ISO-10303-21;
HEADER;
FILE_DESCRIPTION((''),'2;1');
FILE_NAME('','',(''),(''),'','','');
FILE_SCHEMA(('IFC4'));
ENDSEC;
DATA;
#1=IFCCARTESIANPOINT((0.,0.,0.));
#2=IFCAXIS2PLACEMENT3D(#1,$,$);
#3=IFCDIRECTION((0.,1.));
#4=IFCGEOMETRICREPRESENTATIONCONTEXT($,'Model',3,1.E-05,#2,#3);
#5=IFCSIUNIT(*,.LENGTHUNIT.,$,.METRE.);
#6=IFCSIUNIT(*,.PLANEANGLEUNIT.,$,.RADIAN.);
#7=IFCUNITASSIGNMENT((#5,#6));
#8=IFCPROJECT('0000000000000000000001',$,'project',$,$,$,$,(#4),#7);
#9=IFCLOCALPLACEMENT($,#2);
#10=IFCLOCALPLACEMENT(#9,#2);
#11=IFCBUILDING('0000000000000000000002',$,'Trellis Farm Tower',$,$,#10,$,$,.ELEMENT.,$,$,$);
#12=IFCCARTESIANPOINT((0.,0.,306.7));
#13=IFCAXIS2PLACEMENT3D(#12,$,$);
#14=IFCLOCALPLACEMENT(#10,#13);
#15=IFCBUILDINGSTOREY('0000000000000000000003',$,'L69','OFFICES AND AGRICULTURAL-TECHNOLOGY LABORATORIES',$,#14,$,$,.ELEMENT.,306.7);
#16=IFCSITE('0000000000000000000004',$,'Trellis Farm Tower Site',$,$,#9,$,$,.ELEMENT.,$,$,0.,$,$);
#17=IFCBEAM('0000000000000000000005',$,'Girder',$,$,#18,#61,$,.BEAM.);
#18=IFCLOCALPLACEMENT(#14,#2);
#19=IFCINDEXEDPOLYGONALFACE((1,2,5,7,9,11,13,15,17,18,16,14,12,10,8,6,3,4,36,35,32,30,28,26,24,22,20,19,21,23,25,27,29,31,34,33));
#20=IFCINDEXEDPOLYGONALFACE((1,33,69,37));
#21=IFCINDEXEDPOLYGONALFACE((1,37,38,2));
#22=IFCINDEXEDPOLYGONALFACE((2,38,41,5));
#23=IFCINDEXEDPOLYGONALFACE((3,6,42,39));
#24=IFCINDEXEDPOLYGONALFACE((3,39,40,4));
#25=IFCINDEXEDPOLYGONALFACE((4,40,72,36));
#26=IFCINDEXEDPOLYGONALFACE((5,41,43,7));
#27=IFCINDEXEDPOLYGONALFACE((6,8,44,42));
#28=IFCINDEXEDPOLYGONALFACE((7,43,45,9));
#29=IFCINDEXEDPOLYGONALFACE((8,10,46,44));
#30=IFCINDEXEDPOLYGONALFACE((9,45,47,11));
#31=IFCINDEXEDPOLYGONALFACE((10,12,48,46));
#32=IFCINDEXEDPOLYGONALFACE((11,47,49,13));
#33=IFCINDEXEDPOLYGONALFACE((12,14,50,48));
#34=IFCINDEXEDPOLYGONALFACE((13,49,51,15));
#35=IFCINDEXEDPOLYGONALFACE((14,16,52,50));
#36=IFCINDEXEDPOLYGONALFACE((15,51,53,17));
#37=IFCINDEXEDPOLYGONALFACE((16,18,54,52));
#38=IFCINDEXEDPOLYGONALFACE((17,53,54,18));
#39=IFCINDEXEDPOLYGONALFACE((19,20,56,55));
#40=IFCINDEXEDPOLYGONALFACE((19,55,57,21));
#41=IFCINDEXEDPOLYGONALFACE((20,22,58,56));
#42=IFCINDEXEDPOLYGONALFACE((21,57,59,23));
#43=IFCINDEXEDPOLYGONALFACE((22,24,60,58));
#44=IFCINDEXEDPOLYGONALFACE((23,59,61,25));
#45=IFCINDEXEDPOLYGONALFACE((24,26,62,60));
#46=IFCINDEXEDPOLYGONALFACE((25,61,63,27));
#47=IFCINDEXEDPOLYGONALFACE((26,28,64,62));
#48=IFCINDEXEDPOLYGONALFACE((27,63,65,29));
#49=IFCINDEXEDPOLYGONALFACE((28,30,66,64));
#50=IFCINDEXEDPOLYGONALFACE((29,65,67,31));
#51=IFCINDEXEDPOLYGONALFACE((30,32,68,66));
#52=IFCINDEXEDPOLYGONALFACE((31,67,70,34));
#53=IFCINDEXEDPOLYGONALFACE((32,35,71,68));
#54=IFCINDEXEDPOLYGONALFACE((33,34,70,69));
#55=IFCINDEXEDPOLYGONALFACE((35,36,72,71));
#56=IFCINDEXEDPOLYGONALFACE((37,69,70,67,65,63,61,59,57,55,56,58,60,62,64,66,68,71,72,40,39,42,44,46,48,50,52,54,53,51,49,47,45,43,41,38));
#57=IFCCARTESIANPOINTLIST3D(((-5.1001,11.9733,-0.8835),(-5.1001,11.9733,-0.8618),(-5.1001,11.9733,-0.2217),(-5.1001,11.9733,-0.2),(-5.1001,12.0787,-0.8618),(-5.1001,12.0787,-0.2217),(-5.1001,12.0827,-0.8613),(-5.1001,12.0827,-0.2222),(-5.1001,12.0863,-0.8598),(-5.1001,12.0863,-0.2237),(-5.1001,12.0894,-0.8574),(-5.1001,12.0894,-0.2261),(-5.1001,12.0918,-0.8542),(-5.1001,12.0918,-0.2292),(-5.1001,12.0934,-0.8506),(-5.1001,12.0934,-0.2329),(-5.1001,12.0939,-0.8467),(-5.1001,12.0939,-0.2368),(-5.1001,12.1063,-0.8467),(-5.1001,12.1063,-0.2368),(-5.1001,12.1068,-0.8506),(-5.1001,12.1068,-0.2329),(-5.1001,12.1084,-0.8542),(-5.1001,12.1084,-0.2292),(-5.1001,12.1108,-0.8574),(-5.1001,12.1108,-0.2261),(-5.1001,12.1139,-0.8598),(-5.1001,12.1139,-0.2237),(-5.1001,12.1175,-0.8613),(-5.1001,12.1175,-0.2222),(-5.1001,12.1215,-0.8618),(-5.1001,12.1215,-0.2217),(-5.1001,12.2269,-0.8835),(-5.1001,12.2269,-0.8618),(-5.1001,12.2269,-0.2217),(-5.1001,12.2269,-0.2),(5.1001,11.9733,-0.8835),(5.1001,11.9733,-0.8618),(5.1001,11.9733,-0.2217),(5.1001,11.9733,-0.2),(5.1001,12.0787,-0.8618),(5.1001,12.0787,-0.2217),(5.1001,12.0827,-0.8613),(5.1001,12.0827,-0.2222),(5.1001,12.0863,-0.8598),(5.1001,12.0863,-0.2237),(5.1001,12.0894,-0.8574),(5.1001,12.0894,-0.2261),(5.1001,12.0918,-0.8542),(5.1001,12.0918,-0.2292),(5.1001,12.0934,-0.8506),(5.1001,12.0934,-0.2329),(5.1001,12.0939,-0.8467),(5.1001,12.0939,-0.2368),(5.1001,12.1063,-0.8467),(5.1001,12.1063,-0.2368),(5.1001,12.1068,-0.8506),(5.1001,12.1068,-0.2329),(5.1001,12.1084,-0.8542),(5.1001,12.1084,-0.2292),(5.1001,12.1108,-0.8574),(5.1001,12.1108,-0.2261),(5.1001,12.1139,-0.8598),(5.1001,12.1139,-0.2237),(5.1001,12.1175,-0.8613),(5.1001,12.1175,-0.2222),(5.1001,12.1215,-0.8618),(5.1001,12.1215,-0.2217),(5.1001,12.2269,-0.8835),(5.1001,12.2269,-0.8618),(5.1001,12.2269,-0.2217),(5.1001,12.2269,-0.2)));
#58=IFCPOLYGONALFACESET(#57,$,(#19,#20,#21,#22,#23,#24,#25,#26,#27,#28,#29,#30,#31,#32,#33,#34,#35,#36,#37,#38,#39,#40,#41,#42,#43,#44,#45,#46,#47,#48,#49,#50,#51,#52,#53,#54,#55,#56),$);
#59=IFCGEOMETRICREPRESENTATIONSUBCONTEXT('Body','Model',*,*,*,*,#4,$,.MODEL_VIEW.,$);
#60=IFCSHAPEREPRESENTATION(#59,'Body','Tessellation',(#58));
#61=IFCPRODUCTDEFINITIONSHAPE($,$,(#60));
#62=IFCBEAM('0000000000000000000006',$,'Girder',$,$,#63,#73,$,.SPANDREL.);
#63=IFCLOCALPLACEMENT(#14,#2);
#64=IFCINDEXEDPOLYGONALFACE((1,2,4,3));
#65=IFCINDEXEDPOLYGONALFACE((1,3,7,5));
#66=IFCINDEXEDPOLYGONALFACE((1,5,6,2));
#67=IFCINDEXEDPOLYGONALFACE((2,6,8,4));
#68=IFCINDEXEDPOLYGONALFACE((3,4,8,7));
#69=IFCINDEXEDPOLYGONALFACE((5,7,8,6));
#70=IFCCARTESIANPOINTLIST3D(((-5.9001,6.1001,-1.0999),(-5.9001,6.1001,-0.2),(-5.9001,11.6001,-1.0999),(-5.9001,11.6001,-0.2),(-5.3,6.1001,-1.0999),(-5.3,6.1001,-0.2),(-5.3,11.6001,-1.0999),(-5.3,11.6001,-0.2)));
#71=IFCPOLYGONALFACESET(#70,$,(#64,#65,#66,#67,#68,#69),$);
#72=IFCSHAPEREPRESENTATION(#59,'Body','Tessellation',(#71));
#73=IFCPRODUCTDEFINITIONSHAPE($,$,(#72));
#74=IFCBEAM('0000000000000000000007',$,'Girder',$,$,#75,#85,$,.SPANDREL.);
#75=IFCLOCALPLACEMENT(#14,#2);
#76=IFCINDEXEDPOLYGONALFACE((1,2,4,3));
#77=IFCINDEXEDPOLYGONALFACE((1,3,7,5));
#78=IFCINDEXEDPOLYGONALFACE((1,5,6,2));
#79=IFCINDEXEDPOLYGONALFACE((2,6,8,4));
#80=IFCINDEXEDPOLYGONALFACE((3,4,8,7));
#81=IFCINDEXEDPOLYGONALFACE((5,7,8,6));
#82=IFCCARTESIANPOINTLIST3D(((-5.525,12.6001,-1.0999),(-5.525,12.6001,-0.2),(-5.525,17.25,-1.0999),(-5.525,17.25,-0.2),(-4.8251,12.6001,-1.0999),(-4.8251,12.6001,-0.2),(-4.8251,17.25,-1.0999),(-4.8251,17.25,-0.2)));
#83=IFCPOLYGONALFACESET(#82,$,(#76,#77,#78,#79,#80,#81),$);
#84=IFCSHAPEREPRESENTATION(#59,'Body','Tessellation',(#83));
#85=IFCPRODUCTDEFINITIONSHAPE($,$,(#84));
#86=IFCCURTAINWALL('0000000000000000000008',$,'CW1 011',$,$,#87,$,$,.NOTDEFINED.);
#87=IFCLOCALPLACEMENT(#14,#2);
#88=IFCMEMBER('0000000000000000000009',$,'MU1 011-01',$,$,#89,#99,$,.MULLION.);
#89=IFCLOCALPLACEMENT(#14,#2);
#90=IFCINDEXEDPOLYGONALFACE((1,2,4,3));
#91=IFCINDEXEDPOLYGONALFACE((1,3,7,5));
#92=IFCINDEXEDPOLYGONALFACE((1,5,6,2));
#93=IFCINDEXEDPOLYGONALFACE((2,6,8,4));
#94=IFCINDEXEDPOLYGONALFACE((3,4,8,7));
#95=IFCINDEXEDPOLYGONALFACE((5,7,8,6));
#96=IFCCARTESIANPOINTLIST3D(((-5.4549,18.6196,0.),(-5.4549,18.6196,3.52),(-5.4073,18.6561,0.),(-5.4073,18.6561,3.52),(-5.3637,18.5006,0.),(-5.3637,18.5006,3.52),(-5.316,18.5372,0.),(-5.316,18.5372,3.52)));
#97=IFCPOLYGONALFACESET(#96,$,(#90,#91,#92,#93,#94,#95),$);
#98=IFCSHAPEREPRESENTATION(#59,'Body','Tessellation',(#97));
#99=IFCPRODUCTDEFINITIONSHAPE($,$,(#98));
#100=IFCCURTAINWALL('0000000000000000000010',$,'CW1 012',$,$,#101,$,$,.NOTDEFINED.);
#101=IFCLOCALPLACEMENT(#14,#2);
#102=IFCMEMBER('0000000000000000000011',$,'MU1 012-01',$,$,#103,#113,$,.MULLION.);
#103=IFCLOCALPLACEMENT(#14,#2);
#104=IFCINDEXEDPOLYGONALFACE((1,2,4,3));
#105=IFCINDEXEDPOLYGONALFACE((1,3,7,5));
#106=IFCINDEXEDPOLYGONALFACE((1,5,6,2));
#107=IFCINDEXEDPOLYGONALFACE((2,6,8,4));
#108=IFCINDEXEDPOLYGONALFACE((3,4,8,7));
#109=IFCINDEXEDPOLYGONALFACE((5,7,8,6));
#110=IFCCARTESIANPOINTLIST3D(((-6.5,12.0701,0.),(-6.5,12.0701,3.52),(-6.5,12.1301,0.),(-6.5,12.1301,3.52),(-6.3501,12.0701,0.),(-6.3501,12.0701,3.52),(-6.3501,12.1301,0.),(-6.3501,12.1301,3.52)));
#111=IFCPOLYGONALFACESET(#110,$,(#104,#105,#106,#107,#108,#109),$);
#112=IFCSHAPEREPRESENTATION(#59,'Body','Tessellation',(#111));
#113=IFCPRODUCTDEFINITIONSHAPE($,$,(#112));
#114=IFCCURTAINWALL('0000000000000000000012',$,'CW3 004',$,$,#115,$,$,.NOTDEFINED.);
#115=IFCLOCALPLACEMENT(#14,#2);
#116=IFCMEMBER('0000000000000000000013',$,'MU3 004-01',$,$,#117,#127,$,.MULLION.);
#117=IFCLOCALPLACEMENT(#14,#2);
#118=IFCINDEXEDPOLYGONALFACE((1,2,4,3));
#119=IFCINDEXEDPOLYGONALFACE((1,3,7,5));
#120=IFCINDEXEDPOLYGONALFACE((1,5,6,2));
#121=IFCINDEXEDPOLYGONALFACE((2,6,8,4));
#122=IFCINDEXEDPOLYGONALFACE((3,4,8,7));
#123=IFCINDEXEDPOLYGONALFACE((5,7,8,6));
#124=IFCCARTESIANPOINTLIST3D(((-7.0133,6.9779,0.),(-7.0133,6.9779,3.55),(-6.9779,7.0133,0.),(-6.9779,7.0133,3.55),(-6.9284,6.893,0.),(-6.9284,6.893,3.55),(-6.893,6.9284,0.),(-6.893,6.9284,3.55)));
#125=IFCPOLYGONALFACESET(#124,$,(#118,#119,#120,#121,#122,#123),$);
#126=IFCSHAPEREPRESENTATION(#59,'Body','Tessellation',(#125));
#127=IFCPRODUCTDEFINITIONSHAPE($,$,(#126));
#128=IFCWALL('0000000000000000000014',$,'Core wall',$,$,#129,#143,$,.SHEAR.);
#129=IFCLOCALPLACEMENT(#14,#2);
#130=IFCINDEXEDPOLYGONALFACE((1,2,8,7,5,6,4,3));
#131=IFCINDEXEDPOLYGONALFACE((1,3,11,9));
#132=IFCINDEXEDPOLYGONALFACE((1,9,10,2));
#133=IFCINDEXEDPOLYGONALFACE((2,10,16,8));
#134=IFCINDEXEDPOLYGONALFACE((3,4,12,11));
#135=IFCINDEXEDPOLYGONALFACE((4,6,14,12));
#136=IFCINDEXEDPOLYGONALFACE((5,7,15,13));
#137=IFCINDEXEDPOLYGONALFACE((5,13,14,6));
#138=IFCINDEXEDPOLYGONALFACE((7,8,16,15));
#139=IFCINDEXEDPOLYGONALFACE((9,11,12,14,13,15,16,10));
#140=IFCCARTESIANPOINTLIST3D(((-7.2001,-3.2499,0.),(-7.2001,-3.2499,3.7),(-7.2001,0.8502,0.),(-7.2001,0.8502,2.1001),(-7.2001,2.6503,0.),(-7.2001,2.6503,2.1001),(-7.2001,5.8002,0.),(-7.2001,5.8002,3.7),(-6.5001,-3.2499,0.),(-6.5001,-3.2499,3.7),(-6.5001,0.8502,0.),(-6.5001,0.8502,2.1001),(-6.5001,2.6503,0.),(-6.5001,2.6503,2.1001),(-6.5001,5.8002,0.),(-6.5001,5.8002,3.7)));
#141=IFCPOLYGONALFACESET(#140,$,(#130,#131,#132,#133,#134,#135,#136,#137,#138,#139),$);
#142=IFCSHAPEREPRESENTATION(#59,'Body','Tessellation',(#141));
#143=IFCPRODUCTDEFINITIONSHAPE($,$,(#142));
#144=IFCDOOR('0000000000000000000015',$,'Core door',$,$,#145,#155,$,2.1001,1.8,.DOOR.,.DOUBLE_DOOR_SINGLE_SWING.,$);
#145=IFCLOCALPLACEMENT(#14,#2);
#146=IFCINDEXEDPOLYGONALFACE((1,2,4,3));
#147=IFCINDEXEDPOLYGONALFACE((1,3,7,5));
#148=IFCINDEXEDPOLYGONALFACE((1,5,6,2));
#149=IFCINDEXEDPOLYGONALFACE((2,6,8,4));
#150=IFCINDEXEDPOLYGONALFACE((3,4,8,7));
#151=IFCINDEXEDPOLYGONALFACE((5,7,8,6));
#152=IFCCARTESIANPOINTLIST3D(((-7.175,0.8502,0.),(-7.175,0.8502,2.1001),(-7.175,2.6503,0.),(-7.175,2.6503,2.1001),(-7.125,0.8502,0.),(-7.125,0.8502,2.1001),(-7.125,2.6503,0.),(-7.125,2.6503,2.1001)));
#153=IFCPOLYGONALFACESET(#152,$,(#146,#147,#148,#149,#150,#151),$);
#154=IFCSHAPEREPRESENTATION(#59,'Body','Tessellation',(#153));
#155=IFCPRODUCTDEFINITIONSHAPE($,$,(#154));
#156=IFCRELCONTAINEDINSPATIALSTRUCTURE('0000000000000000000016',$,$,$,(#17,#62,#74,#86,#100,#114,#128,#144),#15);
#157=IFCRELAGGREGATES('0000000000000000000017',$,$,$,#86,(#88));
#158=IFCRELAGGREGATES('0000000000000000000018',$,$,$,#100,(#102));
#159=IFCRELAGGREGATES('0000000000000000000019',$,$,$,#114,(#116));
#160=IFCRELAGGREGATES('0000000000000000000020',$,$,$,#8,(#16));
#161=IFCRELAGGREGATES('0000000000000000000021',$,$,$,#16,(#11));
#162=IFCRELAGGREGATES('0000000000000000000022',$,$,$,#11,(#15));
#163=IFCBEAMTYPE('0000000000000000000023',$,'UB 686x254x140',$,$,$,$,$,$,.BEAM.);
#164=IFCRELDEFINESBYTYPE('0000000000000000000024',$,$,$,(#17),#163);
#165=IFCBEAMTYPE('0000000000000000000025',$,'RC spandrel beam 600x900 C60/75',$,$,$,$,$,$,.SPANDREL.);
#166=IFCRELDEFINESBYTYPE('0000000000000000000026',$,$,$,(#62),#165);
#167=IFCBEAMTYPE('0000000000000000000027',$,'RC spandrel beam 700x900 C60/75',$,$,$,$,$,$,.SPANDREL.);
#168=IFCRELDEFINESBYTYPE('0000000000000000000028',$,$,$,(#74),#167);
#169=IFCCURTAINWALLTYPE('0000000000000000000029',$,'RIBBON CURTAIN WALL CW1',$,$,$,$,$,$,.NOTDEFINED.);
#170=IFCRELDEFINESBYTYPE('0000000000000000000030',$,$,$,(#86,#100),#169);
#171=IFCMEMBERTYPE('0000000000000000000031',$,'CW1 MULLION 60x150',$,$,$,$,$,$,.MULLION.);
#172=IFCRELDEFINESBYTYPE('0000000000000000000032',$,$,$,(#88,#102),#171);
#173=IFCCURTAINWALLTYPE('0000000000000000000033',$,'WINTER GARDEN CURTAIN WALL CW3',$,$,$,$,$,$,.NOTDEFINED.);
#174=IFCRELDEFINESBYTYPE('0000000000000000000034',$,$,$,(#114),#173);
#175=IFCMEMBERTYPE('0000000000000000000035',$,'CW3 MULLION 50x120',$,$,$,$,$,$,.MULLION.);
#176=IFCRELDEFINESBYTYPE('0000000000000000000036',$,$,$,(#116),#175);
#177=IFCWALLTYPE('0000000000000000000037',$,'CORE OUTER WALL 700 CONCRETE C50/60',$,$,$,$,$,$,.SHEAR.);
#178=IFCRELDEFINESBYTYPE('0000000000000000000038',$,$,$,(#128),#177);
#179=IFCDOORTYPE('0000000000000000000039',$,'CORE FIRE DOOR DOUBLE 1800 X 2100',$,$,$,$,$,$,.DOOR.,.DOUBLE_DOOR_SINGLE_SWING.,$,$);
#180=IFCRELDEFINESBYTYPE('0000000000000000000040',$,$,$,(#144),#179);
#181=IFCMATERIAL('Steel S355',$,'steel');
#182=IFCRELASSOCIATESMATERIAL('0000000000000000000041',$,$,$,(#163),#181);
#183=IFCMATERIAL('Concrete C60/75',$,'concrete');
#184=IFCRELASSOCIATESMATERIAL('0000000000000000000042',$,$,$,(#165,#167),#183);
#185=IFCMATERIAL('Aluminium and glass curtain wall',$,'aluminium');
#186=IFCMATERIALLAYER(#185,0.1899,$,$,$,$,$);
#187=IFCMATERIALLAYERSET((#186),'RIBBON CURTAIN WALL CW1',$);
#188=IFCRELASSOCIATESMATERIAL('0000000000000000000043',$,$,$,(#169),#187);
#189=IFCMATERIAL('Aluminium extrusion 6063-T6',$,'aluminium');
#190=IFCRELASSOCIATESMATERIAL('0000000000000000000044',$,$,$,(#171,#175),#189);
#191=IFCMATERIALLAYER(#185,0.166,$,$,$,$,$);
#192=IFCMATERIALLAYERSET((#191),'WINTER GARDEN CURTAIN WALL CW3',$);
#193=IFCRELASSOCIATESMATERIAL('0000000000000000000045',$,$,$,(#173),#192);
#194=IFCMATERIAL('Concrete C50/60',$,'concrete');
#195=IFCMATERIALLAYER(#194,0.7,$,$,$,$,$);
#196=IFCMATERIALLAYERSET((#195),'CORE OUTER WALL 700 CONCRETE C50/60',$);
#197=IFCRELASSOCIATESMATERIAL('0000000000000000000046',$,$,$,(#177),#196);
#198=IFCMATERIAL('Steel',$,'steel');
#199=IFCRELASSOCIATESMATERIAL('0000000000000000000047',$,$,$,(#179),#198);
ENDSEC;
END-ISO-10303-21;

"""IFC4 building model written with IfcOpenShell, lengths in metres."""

from ifc_helpers import new_model, si_unit, direction, frame, frame_2d, origin, origin_2d, place, context, subcontext, project, spatial, rectangle, i_section, extrude, source, transform, mapped, material, layer, layer_set, material_profile, profile_set, type_object, element, fill, aggregate, save


model = new_model("IFC4")

# Units and contexts
model_context = context("Model", 3, precision=1e-05, world=origin(), true_north=direction((0.0, 1.0)))
body_context = subcontext(model_context, "Body", "Model", "MODEL_VIEW")
ifc_project = project(units=[si_unit("LENGTHUNIT", "METRE"), si_unit("PLANEANGLEUNIT", "RADIAN")], contexts=[model_context])

# Site, building, storey
site_placement = place(None, origin())
site = spatial("IfcSite", under=ifc_project, at=site_placement, Name="Trellis Farm Tower Site", CompositionType="ELEMENT", RefElevation=0.0)
building_placement = place(site_placement, origin())
building = spatial("IfcBuilding", under=site, at=building_placement, Name="Trellis Farm Tower", CompositionType="ELEMENT")
storey_placement = place(building_placement, frame((0.0, 0.0, 306.7)))
storey = spatial("IfcBuildingStorey", under=building, at=storey_placement, Name="L69", Description="OFFICES AND AGRICULTURAL-TECHNOLOGY LABORATORIES", CompositionType="ELEMENT", Elevation=306.7)

# Shared definitions
ifc_material_1 = material(Name="Concrete C60/75", Category="concrete")

# Beams
ifc_material_2 = material(Name="Steel S355", Category="steel")
ifc_material_profile_1 = material_profile(ifc_material_2, i_section(OverallWidth=0.2537, OverallDepth=0.6836, WebThickness=0.0125, FlangeThickness=0.0217, FilletRadius=0.0151, at=origin_2d()), Name="UB 686x254x140")
ifc_profile_set_1 = profile_set([ifc_material_profile_1], Name="Steel S355")
beam_type_1 = type_object("IfcBeamType", Name="UB 686x254x140", PredefinedType="BEAM", material=ifc_profile_set_1)
shared_shape_1 = source(origin(), body_context, "Body", "SweptSolid", [
    extrude(i_section(OverallWidth=0.2537, OverallDepth=0.6836, WebThickness=0.0125, FlangeThickness=0.0217, FilletRadius=0.0151, at=origin_2d()), origin(), (0.0, 0.0, 1.0), 10.2002),
])
for number, where, z_axis, x_axis, name in (
    (1, (-5.1001, 12.1001, -0.5417), (1.0, 0.0, 0.0), (0.0, 1.0, 0.0), "Girder"),
):
    element("IfcBeam", number, at=place(storey_placement, frame(where, z_axis=z_axis, x_axis=x_axis)), inside=storey, type_object=beam_type_1, Name=name, PredefinedType="BEAM", context=body_context, shape_type="MappedRepresentation", body=[
        mapped(shared_shape_1, transform((0.0, 0.0, 0.0))),
    ])
ifc_material_profile_2 = material_profile(ifc_material_1, rectangle(XDim=0.6001, YDim=0.8999, at=origin_2d()), Name="RC spandrel beam 600x900 C60/75")
ifc_profile_set_2 = profile_set([ifc_material_profile_2], Name="Concrete C60/75")
beam_type_2 = type_object("IfcBeamType", Name="RC spandrel beam 600x900 C60/75", PredefinedType="SPANDREL", material=ifc_profile_set_2)
shared_shape_2 = source(origin(), body_context, "Body", "SweptSolid", [
    extrude(rectangle(XDim=0.6001, YDim=0.8999, at=origin_2d()), origin(), (0.0, 0.0, 1.0), 5.5),
])
beam_1_placement = place(storey_placement, frame((-5.6001, 6.1001, -0.6499), z_axis=(0.0, 1.0, 0.0), x_axis=(-1.0, 0.0, 0.0)))
element("IfcBeam", 2, at=beam_1_placement, inside=storey, type_object=beam_type_2, Name="Girder", PredefinedType="SPANDREL", context=body_context, shape_type="MappedRepresentation", body=[
    mapped(shared_shape_2, transform((0.0, 0.0, 0.0))),
])
ifc_material_profile_3 = material_profile(ifc_material_1, rectangle(XDim=0.7, YDim=0.8999, at=origin_2d()), Name="RC spandrel beam 700x900 C60/75")
ifc_profile_set_3 = profile_set([ifc_material_profile_3], Name="Concrete C60/75")
beam_type_3 = type_object("IfcBeamType", Name="RC spandrel beam 700x900 C60/75", PredefinedType="SPANDREL", material=ifc_profile_set_3)
shared_shape_3 = source(origin(), body_context, "Body", "SweptSolid", [
    extrude(rectangle(XDim=0.7, YDim=0.8999, at=origin_2d()), origin(), (0.0, 0.0, 1.0), 4.6499),
])
beam_2_placement = place(storey_placement, frame((-5.175, 12.6001, -0.6499), z_axis=(0.0, 1.0, 0.0), x_axis=(-1.0, 0.0, 0.0)))
element("IfcBeam", 3, at=beam_2_placement, inside=storey, type_object=beam_type_3, Name="Girder", PredefinedType="SPANDREL", context=body_context, shape_type="MappedRepresentation", body=[
    mapped(shared_shape_3, transform((0.0, 0.0, 0.0))),
])

# Curtain walls, members
ifc_material_3 = material(Name="Aluminium and glass curtain wall", Category="aluminium")
ifc_layer_1 = layer(ifc_material_3, 0.1899)
ifc_layer_set_1 = layer_set([ifc_layer_1], Name="RIBBON CURTAIN WALL CW1")
curtain_wall_type_1 = type_object("IfcCurtainWallType", Name="RIBBON CURTAIN WALL CW1", PredefinedType="NOTDEFINED", material=ifc_layer_set_1)
placement = place(storey_placement, origin())
curtain_wall_1 = element("IfcCurtainWall", 4, at=placement, inside=storey, type_object=curtain_wall_type_1, Name="CW1 011", PredefinedType="NOTDEFINED")
ifc_material_4 = material(Name="Aluminium extrusion 6063-T6", Category="aluminium")
ifc_material_profile_4 = material_profile(ifc_material_4, rectangle(XDim=0.0601, YDim=0.1499, at=origin_2d()), Name="MULLION 60x150")
ifc_profile_set_4 = profile_set([ifc_material_profile_4], Name="Aluminium extrusion 6063-T6")
member_type_1 = type_object("IfcMemberType", Name="CW1 MULLION 60x150", PredefinedType="MULLION", material=ifc_profile_set_4)
shared_shape_4 = source(origin(), body_context, "Body", "SweptSolid", [
    extrude(rectangle(XDim=0.0601, YDim=0.1499, at=origin_2d()), origin(), (0.0, 0.0, 1.0), 3.52),
])
member_1_placement = place(storey_placement, frame((-5.3855, 18.5784, 0.0), z_axis=(0.0, 0.0, 1.0), x_axis=(-0.793353, -0.608761, 0.0)))
member_1 = element("IfcMember", 5, at=member_1_placement, type_object=member_type_1, Name="MU1 011-01", PredefinedType="MULLION", context=body_context, shape_type="MappedRepresentation", body=[
    mapped(shared_shape_4, transform((0.0, 0.0, 0.0))),
])
aggregate(curtain_wall_1, [member_1])
curtain_wall_2 = element("IfcCurtainWall", 6, at=placement, inside=storey, type_object=curtain_wall_type_1, Name="CW1 012", PredefinedType="NOTDEFINED")
member_2_placement = place(storey_placement, frame((-6.425, 12.1001, 0.0), z_axis=(0.0, 0.0, 1.0), x_axis=(0.0, -1.0, 0.0)))
member_2 = element("IfcMember", 7, at=member_2_placement, type_object=member_type_1, Name="MU1 012-01", PredefinedType="MULLION", context=body_context, shape_type="MappedRepresentation", body=[
    mapped(shared_shape_4, transform((0.0, 0.0, 0.0))),
])
aggregate(curtain_wall_2, [member_2])
ifc_layer_2 = layer(ifc_material_3, 0.166)
ifc_layer_set_2 = layer_set([ifc_layer_2], Name="WINTER GARDEN CURTAIN WALL CW3")
curtain_wall_type_2 = type_object("IfcCurtainWallType", Name="WINTER GARDEN CURTAIN WALL CW3", PredefinedType="NOTDEFINED", material=ifc_layer_set_2)
curtain_wall_3 = element("IfcCurtainWall", 8, at=placement, inside=storey, type_object=curtain_wall_type_2, Name="CW3 004", PredefinedType="NOTDEFINED")
ifc_material_profile_5 = material_profile(ifc_material_4, rectangle(XDim=0.05, YDim=0.1201, at=origin_2d()), Name="MULLION 50x120")
ifc_profile_set_5 = profile_set([ifc_material_profile_5], Name="Aluminium extrusion 6063-T6")
member_type_2 = type_object("IfcMemberType", Name="CW3 MULLION 50x120", PredefinedType="MULLION", material=ifc_profile_set_5)
shared_shape_5 = source(origin(), body_context, "Body", "SweptSolid", [
    extrude(rectangle(XDim=0.05, YDim=0.1201, at=origin_2d()), origin(), (0.0, 0.0, 1.0), 3.55),
])
member_3_placement = place(storey_placement, frame((-6.9531, 6.9531, 0.0), z_axis=(0.0, 0.0, 1.0), x_axis=(-0.707107, -0.707107, 0.0)))
member_3 = element("IfcMember", 9, at=member_3_placement, type_object=member_type_2, Name="MU3 004-01", PredefinedType="MULLION", context=body_context, shape_type="MappedRepresentation", body=[
    mapped(shared_shape_5, transform((0.0, 0.0, 0.0))),
])
aggregate(curtain_wall_3, [member_3])

# Wall, opening, door
ifc_material_5 = material(Name="Concrete C50/60", Category="concrete")
ifc_layer_3 = layer(ifc_material_5, 0.7)
ifc_layer_set_3 = layer_set([ifc_layer_3], Name="CORE OUTER WALL 700 CONCRETE C50/60")
wall_type_1 = type_object("IfcWallType", Name="CORE OUTER WALL 700 CONCRETE C50/60", PredefinedType="SHEAR", material=ifc_layer_set_3)
shared_shape_6 = source(origin(), body_context, "Body", "SweptSolid", [
    extrude(rectangle(XDim=9.05, YDim=0.7, at=frame_2d((4.5249, 0.0))), origin(), (0.0, 0.0, 1.0), 3.7),
])
wall_1_placement = place(storey_placement, frame((-6.8501, 5.8, 0.0), z_axis=(0.0, 0.0, 1.0), x_axis=(0.0, -1.0, 0.0)))
wall_1 = element("IfcWall", 10, at=wall_1_placement, inside=storey, type_object=wall_type_1, Name="Core wall", PredefinedType="SHEAR", context=body_context, shape_type="MappedRepresentation", body=[
    mapped(shared_shape_6, transform((0.0, 0.0, 0.0))),
])
shared_shape_7 = source(origin(), body_context, "Body", "SweptSolid", [
    extrude(rectangle(XDim=1.8, YDim=2.1001, at=frame_2d((0.8999, 1.05))), frame((0.0, 0.3601, 0.0), z_axis=(0.0, -1.0, 0.0), x_axis=(1.0, 0.0, 0.0)), (0.0, 0.0, 1.0), 0.7202),
])
opening_1_placement = place(wall_1_placement, frame((3.1499, 0.0, 0.0)))
opening_1 = element("IfcOpeningElement", 11, at=opening_1_placement, cuts=wall_1, PredefinedType="OPENING", context=body_context, shape_type="MappedRepresentation", body=[
    mapped(shared_shape_7, transform((0.0, 0.0, 0.0))),
])
ifc_material_6 = material(Name="Steel", Category="steel")
door_type_1 = type_object("IfcDoorType", Name="CORE FIRE DOOR DOUBLE 1800 X 2100", OperationType="DOUBLE_DOOR_SINGLE_SWING", PredefinedType="DOOR", material=ifc_material_6)
shared_shape_8 = source(origin(), body_context, "Body", "SweptSolid", [
    extrude(rectangle(XDim=1.8, YDim=2.1001, at=frame_2d((0.8999, 1.05))), frame((0.0, -0.2749, 0.0), z_axis=(0.0, -1.0, 0.0), x_axis=(1.0, 0.0, 0.0)), (0.0, 0.0, 1.0), 0.05),
])
door_1_placement = place(opening_1_placement, origin())
door_1 = element("IfcDoor", 12, at=door_1_placement, inside=storey, type_object=door_type_1, Name="Core door", OperationType="DOUBLE_DOOR_SINGLE_SWING", OverallHeight=2.1001, OverallWidth=1.8, PredefinedType="DOOR", context=body_context, shape_type="MappedRepresentation", body=[
    mapped(shared_shape_8, transform((0.0, 0.0, 0.0))),
])
fill(opening_1, door_1)

save(model, "model.ifc")
